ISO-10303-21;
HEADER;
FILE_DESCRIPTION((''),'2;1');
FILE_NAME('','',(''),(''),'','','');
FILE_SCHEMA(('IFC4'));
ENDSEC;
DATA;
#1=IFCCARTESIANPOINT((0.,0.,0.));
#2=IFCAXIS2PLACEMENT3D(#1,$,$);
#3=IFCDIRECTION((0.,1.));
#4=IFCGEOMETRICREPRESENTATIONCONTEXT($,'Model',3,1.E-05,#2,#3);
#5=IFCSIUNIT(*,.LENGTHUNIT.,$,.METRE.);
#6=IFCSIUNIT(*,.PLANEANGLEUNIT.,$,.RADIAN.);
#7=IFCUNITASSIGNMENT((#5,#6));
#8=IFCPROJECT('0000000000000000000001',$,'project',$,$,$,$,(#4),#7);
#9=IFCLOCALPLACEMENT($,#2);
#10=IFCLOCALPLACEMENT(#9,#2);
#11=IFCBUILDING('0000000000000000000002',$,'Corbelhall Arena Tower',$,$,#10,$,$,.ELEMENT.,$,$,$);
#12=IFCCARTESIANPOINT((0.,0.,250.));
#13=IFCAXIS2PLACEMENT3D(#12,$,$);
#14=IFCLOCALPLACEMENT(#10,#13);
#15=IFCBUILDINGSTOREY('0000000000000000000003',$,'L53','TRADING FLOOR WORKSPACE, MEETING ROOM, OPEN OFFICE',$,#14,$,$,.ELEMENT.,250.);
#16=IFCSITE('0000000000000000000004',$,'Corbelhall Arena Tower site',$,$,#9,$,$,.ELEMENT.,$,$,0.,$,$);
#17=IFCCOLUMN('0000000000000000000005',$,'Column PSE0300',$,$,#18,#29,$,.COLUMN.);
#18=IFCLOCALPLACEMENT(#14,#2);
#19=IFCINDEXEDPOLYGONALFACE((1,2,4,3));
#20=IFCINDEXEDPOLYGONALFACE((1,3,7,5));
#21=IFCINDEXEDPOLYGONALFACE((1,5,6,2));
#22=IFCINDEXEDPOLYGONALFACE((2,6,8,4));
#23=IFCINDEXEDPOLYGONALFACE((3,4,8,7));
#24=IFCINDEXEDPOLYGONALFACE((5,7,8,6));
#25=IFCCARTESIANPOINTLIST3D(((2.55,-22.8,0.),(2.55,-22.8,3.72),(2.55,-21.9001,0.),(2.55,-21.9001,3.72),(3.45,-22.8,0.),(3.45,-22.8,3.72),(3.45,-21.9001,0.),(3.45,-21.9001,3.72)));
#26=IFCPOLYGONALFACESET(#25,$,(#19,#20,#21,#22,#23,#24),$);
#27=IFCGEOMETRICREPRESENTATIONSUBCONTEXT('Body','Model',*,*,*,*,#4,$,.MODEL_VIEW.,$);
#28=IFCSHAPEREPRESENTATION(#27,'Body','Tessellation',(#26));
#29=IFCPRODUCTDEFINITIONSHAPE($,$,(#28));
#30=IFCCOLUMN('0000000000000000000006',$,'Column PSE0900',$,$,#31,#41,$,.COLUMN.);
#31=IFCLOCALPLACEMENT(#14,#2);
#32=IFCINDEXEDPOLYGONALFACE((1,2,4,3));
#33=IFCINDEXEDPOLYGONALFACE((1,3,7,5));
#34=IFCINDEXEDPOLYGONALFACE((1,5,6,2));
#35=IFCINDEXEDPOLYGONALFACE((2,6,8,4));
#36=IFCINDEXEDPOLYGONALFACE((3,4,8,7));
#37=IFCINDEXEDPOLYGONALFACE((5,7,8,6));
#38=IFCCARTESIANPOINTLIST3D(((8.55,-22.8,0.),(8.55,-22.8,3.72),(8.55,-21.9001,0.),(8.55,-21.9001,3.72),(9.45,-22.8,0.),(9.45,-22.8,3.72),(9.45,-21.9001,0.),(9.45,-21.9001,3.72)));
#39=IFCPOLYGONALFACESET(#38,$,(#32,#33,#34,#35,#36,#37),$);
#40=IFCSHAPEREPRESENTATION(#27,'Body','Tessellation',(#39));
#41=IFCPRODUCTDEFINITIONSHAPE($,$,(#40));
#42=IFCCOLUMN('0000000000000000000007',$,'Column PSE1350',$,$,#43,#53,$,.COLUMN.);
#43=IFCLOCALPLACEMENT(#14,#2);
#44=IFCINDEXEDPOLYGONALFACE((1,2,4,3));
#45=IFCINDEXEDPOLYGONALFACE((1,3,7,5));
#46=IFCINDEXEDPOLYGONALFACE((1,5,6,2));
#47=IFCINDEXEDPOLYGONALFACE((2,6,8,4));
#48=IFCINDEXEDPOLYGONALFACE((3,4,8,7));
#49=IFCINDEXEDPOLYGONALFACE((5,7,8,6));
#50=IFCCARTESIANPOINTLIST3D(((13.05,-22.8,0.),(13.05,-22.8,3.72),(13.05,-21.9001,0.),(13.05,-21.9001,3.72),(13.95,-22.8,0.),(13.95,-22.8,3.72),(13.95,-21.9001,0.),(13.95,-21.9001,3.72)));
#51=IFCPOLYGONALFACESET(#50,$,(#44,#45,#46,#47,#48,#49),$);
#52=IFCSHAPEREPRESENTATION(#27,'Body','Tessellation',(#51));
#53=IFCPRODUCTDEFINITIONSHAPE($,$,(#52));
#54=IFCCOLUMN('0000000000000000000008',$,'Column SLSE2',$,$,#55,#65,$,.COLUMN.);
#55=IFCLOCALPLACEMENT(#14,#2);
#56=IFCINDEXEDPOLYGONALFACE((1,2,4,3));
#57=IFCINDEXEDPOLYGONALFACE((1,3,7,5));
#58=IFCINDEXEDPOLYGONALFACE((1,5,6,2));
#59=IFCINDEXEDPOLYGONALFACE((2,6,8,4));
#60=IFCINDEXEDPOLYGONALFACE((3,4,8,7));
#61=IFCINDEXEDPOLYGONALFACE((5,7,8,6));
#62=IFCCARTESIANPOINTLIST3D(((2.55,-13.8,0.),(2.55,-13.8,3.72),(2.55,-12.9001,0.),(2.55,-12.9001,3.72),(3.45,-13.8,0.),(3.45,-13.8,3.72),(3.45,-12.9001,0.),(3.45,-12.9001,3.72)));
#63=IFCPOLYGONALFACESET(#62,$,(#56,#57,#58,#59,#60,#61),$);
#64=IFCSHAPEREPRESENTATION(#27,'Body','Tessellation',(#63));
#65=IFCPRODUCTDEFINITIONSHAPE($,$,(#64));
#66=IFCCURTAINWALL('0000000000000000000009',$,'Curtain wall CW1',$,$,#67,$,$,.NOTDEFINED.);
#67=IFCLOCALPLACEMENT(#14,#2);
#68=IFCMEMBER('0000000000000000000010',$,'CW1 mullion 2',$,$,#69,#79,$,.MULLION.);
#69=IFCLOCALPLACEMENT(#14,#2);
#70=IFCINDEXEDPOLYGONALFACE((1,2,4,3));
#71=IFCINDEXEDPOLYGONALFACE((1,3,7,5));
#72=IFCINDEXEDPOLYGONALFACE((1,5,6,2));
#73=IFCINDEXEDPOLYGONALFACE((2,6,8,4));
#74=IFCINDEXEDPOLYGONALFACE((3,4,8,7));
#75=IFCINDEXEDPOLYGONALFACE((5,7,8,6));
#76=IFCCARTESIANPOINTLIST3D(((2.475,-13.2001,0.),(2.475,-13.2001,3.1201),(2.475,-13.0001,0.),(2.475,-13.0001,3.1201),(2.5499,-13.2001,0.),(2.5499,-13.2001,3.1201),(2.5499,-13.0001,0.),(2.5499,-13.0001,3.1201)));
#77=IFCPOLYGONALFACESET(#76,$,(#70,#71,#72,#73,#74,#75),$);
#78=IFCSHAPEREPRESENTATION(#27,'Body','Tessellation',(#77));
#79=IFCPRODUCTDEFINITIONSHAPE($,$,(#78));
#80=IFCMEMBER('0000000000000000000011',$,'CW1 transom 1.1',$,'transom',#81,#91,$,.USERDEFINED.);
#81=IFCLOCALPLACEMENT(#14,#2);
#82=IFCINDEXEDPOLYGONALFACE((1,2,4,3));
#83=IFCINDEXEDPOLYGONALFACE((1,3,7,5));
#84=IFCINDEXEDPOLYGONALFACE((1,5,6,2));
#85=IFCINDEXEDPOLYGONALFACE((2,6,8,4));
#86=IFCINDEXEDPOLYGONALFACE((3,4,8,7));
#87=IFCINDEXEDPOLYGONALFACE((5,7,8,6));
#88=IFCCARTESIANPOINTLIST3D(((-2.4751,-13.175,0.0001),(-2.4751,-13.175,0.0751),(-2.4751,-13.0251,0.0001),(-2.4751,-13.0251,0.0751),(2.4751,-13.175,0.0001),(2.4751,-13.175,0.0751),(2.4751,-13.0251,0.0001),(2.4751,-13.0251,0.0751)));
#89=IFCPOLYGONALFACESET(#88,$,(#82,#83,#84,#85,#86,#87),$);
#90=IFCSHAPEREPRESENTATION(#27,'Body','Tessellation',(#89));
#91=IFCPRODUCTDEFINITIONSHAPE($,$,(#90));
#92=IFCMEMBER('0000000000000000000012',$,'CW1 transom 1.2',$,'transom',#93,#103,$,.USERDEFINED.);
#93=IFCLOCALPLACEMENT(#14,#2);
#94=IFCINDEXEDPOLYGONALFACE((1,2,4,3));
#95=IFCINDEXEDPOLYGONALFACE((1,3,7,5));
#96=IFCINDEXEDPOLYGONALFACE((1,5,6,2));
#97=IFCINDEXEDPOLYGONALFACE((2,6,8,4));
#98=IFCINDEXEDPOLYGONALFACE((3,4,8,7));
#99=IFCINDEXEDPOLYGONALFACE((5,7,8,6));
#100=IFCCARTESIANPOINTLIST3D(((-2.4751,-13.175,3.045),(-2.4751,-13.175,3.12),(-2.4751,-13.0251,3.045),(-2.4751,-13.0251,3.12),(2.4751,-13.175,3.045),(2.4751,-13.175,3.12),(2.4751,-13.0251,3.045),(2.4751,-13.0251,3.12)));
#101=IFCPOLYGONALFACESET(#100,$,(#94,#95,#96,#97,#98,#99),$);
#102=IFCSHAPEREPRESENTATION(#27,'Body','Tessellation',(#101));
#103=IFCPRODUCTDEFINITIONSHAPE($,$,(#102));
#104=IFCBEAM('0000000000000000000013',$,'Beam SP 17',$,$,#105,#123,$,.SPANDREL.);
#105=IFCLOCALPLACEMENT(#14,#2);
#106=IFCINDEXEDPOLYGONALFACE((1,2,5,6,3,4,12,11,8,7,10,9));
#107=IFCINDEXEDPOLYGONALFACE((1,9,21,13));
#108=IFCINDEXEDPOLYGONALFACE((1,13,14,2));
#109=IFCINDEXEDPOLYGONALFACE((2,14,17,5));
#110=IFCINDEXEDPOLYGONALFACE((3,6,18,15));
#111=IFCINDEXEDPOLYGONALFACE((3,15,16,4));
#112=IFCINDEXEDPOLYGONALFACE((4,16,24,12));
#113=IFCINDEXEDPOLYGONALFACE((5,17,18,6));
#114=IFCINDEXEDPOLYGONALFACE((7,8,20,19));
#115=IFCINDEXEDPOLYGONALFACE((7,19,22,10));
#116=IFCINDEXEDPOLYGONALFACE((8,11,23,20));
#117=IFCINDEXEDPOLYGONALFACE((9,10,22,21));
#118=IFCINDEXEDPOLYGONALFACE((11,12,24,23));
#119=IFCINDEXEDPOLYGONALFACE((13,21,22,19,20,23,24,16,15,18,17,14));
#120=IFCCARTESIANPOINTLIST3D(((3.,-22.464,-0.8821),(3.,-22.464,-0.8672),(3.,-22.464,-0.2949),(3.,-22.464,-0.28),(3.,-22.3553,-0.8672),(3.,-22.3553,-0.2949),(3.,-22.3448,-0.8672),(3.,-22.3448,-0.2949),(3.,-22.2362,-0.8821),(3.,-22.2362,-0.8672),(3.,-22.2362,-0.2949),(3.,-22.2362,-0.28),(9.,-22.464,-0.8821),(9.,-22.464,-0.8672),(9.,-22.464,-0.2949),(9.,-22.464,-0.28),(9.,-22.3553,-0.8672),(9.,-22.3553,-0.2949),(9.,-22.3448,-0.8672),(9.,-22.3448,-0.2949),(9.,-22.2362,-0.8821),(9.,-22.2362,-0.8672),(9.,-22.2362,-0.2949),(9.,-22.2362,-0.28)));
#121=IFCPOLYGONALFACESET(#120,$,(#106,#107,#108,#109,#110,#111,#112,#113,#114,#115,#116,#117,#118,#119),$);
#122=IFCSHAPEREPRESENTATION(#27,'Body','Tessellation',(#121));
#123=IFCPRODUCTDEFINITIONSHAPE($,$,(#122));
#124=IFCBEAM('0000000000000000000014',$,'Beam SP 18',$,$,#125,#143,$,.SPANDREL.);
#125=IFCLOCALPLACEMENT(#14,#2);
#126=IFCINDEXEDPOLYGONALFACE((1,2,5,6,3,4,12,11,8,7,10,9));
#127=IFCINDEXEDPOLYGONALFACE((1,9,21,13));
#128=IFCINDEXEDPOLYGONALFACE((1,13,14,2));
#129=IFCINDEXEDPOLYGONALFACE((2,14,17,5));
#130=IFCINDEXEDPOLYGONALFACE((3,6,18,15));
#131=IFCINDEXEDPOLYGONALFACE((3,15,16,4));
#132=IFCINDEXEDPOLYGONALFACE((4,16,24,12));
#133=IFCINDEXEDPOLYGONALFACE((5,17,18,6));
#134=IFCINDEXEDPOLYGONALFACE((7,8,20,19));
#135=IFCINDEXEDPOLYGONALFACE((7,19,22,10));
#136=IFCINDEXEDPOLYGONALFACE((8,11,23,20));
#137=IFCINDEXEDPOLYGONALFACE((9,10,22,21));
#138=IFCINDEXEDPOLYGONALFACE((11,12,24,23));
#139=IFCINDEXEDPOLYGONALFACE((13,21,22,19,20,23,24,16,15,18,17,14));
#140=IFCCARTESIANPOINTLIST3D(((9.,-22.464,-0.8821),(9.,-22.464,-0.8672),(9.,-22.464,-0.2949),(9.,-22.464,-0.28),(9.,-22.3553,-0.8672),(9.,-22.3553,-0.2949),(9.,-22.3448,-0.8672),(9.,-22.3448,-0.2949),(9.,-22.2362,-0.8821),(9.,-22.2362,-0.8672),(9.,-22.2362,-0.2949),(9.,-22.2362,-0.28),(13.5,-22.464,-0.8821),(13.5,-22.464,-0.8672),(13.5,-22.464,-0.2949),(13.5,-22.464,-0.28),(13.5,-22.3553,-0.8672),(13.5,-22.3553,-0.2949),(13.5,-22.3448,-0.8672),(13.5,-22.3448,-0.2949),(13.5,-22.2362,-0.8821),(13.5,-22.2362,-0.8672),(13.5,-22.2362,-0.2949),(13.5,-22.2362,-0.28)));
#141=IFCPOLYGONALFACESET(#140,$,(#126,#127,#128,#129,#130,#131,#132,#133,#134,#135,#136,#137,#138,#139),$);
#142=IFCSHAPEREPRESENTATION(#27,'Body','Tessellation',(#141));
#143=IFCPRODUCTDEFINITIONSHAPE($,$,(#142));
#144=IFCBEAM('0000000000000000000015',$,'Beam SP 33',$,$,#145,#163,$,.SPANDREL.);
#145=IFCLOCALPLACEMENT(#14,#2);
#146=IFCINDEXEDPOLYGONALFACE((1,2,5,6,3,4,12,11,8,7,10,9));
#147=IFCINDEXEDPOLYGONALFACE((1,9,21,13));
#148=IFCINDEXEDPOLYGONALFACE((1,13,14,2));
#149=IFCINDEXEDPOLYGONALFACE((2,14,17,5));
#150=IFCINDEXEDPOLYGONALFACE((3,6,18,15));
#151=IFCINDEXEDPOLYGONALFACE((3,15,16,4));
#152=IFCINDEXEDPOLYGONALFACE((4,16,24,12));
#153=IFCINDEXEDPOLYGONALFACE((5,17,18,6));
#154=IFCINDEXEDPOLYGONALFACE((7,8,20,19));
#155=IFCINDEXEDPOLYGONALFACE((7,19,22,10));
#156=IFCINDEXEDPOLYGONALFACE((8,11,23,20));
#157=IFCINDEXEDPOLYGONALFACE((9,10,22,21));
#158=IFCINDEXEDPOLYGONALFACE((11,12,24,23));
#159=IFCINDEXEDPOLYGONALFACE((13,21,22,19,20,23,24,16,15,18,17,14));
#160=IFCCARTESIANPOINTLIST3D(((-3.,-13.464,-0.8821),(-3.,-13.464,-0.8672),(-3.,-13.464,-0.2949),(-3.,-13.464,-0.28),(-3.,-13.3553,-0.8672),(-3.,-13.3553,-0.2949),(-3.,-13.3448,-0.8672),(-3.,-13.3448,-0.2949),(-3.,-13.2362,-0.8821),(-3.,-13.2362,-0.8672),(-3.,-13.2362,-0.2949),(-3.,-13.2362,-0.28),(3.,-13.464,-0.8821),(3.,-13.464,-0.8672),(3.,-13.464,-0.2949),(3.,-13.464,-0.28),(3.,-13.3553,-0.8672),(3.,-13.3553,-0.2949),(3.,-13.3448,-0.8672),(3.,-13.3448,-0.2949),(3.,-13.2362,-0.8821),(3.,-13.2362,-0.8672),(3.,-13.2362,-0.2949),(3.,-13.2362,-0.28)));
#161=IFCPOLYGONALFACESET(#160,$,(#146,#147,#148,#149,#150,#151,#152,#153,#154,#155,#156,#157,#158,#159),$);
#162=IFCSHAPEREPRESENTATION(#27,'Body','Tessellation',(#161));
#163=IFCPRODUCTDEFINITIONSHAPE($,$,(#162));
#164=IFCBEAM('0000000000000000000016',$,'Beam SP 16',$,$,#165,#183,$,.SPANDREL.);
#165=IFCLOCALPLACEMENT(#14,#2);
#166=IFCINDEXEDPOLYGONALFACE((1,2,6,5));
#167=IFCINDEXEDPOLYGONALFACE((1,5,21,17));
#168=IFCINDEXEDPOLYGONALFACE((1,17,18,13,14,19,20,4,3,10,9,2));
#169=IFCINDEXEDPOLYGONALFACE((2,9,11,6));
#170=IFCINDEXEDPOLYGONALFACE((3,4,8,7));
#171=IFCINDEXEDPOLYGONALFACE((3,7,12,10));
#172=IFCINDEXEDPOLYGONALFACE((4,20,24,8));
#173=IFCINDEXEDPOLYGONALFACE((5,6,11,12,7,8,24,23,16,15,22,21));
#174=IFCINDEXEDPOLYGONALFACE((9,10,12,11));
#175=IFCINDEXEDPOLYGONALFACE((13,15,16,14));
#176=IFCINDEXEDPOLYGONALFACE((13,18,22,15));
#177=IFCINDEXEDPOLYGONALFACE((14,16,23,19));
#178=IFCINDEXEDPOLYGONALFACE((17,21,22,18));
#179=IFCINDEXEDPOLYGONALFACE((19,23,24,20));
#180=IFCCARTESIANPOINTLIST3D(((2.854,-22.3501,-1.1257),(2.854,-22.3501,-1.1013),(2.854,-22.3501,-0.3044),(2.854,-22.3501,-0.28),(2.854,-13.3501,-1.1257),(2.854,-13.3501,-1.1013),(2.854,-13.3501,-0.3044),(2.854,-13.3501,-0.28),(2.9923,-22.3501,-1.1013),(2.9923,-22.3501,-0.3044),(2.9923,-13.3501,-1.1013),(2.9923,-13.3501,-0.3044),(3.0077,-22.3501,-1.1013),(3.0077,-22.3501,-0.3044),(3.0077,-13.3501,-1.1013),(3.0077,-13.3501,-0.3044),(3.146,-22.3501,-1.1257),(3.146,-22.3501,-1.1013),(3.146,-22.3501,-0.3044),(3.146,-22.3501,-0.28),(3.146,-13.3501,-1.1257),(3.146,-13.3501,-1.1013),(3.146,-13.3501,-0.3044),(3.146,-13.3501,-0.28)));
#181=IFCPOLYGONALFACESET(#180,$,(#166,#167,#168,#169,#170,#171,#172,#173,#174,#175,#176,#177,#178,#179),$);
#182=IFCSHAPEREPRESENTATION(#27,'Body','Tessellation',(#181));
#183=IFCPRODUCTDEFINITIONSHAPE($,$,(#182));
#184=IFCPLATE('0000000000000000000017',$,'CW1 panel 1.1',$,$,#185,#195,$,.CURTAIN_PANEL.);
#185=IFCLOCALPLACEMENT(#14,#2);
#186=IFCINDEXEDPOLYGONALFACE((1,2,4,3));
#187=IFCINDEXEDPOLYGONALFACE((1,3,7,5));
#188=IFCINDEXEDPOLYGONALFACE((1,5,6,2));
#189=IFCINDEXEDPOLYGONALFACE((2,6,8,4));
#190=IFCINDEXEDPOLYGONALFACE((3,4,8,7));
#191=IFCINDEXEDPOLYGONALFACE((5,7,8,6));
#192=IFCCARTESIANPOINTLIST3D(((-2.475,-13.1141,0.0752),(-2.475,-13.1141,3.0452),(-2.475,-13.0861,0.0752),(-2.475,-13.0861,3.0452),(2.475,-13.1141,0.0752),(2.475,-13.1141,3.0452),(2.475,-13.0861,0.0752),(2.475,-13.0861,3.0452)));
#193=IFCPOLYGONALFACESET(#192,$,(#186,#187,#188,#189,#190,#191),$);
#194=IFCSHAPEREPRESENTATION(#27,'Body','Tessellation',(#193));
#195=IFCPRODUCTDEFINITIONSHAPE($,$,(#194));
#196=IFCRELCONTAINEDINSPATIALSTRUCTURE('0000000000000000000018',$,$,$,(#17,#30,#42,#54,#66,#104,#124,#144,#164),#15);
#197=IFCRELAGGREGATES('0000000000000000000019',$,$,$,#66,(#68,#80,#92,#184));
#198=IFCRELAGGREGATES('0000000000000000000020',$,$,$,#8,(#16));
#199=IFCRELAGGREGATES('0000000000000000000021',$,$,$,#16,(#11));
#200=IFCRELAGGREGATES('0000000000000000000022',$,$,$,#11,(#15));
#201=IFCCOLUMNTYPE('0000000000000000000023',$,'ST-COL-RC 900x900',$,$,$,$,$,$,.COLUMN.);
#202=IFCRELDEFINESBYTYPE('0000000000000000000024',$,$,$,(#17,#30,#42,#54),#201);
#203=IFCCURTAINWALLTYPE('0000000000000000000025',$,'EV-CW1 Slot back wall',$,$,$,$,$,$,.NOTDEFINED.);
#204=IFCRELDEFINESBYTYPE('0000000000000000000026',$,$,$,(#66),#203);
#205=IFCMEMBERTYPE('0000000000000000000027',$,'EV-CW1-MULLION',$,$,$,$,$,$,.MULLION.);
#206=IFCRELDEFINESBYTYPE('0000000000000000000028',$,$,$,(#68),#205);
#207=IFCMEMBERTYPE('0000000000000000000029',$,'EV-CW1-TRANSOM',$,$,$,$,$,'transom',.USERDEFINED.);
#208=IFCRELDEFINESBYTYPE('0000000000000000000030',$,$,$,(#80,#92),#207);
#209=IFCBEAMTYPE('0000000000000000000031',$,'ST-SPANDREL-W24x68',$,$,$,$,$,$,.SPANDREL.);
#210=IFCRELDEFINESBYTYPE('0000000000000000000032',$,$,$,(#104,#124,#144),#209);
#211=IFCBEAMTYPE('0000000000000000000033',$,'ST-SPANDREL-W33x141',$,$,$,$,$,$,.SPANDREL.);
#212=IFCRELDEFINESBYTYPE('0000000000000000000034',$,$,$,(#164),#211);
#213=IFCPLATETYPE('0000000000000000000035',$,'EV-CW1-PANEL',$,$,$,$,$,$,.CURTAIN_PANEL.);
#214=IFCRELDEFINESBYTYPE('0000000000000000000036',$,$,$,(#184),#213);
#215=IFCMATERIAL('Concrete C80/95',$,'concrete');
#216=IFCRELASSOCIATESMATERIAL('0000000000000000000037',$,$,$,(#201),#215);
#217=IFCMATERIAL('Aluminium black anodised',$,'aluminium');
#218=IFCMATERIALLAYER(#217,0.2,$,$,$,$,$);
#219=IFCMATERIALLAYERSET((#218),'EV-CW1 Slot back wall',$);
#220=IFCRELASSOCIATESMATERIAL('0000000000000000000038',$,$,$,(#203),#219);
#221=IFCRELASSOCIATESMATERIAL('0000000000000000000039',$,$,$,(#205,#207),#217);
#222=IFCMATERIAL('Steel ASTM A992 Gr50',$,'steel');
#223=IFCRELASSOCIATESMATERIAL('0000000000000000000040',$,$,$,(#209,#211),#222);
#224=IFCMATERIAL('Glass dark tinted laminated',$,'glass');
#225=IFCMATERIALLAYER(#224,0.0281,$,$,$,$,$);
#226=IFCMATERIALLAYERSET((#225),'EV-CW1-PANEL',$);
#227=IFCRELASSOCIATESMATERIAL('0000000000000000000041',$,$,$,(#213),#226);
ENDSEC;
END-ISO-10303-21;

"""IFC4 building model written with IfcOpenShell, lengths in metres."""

from ifc_helpers import new_model, si_unit, direction, frame, origin, origin_2d, place, context, subcontext, project, spatial, rectangle, i_section, extrude, material, layer, layer_set, material_profile, profile_set, type_object, element, aggregate, save


model = new_model("IFC4")

# Units and contexts
model_context = context("Model", 3, precision=1e-05, world=origin(), true_north=direction((0.0, 1.0)))
body_context = subcontext(model_context, "Body", "Model", "MODEL_VIEW")
ifc_project = project(units=[si_unit("LENGTHUNIT", "METRE"), si_unit("PLANEANGLEUNIT", "RADIAN")], contexts=[model_context])

# Site, building, storey
site_placement = place(None, origin())
site = spatial("IfcSite", under=ifc_project, at=site_placement, Name="Corbelhall Arena Tower site", CompositionType="ELEMENT", RefElevation=0.0)
building_placement = place(site_placement, origin())
building = spatial("IfcBuilding", under=site, at=building_placement, Name="Corbelhall Arena Tower", CompositionType="ELEMENT")
storey_placement = place(building_placement, frame((0.0, 0.0, 250.0)))
storey = spatial("IfcBuildingStorey", under=building, at=storey_placement, Name="L53", Description="TRADING FLOOR WORKSPACE, MEETING ROOM, OPEN OFFICE", CompositionType="ELEMENT", Elevation=250.0)

# Columns
ifc_material_1 = material(Name="Concrete C80/95", Category="concrete")
ifc_material_profile_1 = material_profile(ifc_material_1, rectangle(XDim=0.8999, YDim=0.8999, at=origin_2d()))
ifc_profile_set_1 = profile_set([ifc_material_profile_1], Name="Concrete C80/95")
column_type = type_object("IfcColumnType", Name="ST-COL-RC 900x900", PredefinedType="COLUMN", material=ifc_profile_set_1)
for number, where, z_axis, x_axis, name in (
    (1, (3.0, -22.3501, 0.0), (0.0, 0.0, 1.0), (1.0, 0.0, 0.0), "Column PSE0300"),
    (2, (9.0, -22.3501, 0.0), (0.0, 0.0, 1.0), (1.0, 0.0, 0.0), "Column PSE0900"),
    (3, (13.5, -22.3501, 0.0), (0.0, 0.0, 1.0), (1.0, 0.0, 0.0), "Column PSE1350"),
    (4, (3.0, -13.3501, 0.0), (0.0, 0.0, 1.0), (1.0, 0.0, 0.0), "Column SLSE2"),
):
    element("IfcColumn", number, at=place(storey_placement, frame(where, z_axis=z_axis, x_axis=x_axis)), inside=storey, type_object=column_type, Name=name, PredefinedType="COLUMN", context=body_context, shape_type="SweptSolid", body=[
        extrude(rectangle(XDim=0.8999, YDim=0.8999, at=origin_2d()), origin(), (0.0, 0.0, 1.0), 3.72),
    ])

# Curtain wall, members
ifc_material_2 = material(Name="Aluminium black anodised", Category="aluminium")
ifc_layer_1 = layer(ifc_material_2, 0.2)
ifc_layer_set_1 = layer_set([ifc_layer_1], Name="EV-CW1 Slot back wall")
curtain_wall_type = type_object("IfcCurtainWallType", Name="EV-CW1 Slot back wall", PredefinedType="NOTDEFINED", material=ifc_layer_set_1)
curtain_wall_placement = place(storey_placement, origin())
curtain_wall = element("IfcCurtainWall", 5, at=curtain_wall_placement, inside=storey, type_object=curtain_wall_type, Name="Curtain wall CW1", PredefinedType="NOTDEFINED")
ifc_material_profile_2 = material_profile(ifc_material_2, rectangle(XDim=0.2, YDim=0.075, at=origin_2d()))
ifc_profile_set_2 = profile_set([ifc_material_profile_2], Name="Aluminium black anodised")
member_type_1 = type_object("IfcMemberType", Name="EV-CW1-MULLION", PredefinedType="MULLION", material=ifc_profile_set_2)
member_1_placement = place(storey_placement, frame((2.5125, -13.1001, 0.0), z_axis=(0.0, 0.0, 1.0), x_axis=(0.0, 1.0, 0.0)))
member_1 = element("IfcMember", 6, at=member_1_placement, type_object=member_type_1, Name="CW1 mullion 2", PredefinedType="MULLION", context=body_context, shape_type="SweptSolid", body=[
    extrude(rectangle(XDim=0.2, YDim=0.075, at=origin_2d()), origin(), (0.0, 0.0, 1.0), 3.1201),
])
ifc_material_profile_3 = material_profile(ifc_material_2, rectangle(XDim=0.1499, YDim=0.075, at=origin_2d()))
ifc_profile_set_3 = profile_set([ifc_material_profile_3], Name="Aluminium black anodised")
member_type_2 = type_object("IfcMemberType", Name="EV-CW1-TRANSOM", ElementType="transom", PredefinedType="USERDEFINED", material=ifc_profile_set_3)
member_2_placement = place(storey_placement, frame((-2.4751, -13.1001, 0.0376), z_axis=(1.0, 0.0, 0.0), x_axis=(0.0, 1.0, 0.0)))
member_2 = element("IfcMember", 7, at=member_2_placement, type_object=member_type_2, Name="CW1 transom 1.1", ObjectType="transom", PredefinedType="USERDEFINED", context=body_context, shape_type="SweptSolid", body=[
    extrude(rectangle(XDim=0.1499, YDim=0.075, at=origin_2d()), origin(), (0.0, 0.0, 1.0), 4.9502),
])
member_3_placement = place(storey_placement, frame((-2.4751, -13.1001, 3.0825), z_axis=(1.0, 0.0, 0.0), x_axis=(0.0, 1.0, 0.0)))
member_3 = element("IfcMember", 8, at=member_3_placement, type_object=member_type_2, Name="CW1 transom 1.2", ObjectType="transom", PredefinedType="USERDEFINED", context=body_context, shape_type="SweptSolid", body=[
    extrude(rectangle(XDim=0.1499, YDim=0.075, at=origin_2d()), origin(), (0.0, 0.0, 1.0), 4.9502),
])

# Beams
ifc_material_3 = material(Name="Steel ASTM A992 Gr50", Category="steel")
ifc_material_profile_4 = material_profile(ifc_material_3, i_section(OverallWidth=0.2278, OverallDepth=0.6021, WebThickness=0.0105, FlangeThickness=0.0149, at=origin_2d()))
ifc_profile_set_4 = profile_set([ifc_material_profile_4], Name="Steel ASTM A992 Gr50")
beam_type_1 = type_object("IfcBeamType", Name="ST-SPANDREL-W24x68", PredefinedType="SPANDREL", material=ifc_profile_set_4)
beam_1_placement = place(storey_placement, frame((9.0, -22.3501, -0.5811), z_axis=(-1.0, 0.0, 0.0), x_axis=(0.0, -1.0, 0.0)))
element("IfcBeam", 9, at=beam_1_placement, inside=storey, type_object=beam_type_1, Name="Beam SP 17", PredefinedType="SPANDREL", context=body_context, shape_type="SweptSolid", body=[
    extrude(i_section(OverallWidth=0.2278, OverallDepth=0.6021, WebThickness=0.0105, FlangeThickness=0.0149, at=origin_2d()), origin(), (0.0, 0.0, 1.0), 6.0),
])
beam_2_placement = place(storey_placement, frame((13.5, -22.3501, -0.5811), z_axis=(-1.0, 0.0, 0.0), x_axis=(0.0, -1.0, 0.0)))
element("IfcBeam", 10, at=beam_2_placement, inside=storey, type_object=beam_type_1, Name="Beam SP 18", PredefinedType="SPANDREL", context=body_context, shape_type="SweptSolid", body=[
    extrude(i_section(OverallWidth=0.2278, OverallDepth=0.6021, WebThickness=0.0105, FlangeThickness=0.0149, at=origin_2d()), origin(), (0.0, 0.0, 1.0), 4.5),
])
beam_3_placement = place(storey_placement, frame((3.0, -13.3501, -0.5811), z_axis=(-1.0, 0.0, 0.0), x_axis=(0.0, -1.0, 0.0)))
element("IfcBeam", 11, at=beam_3_placement, inside=storey, type_object=beam_type_1, Name="Beam SP 33", PredefinedType="SPANDREL", context=body_context, shape_type="SweptSolid", body=[
    extrude(i_section(OverallWidth=0.2278, OverallDepth=0.6021, WebThickness=0.0105, FlangeThickness=0.0149, at=origin_2d()), origin(), (0.0, 0.0, 1.0), 6.0),
])
ifc_material_profile_5 = material_profile(ifc_material_3, i_section(OverallWidth=0.292, OverallDepth=0.8457, WebThickness=0.0154, FlangeThickness=0.0244, at=origin_2d()))
ifc_profile_set_5 = profile_set([ifc_material_profile_5], Name="Steel ASTM A992 Gr50")
beam_type_2 = type_object("IfcBeamType", Name="ST-SPANDREL-W33x141", PredefinedType="SPANDREL", material=ifc_profile_set_5)
beam_4_placement = place(storey_placement, frame((3.0, -22.3501, -0.7029), z_axis=(0.0, 1.0, 0.0), x_axis=(-1.0, 0.0, 0.0)))
element("IfcBeam", 12, at=beam_4_placement, inside=storey, type_object=beam_type_2, Name="Beam SP 16", PredefinedType="SPANDREL", context=body_context, shape_type="SweptSolid", body=[
    extrude(i_section(OverallWidth=0.292, OverallDepth=0.8457, WebThickness=0.0154, FlangeThickness=0.0244, at=origin_2d()), origin(), (0.0, 0.0, 1.0), 9.0),
])

# Plate
ifc_material_4 = material(Name="Glass dark tinted laminated", Category="glass")
ifc_layer_2 = layer(ifc_material_4, 0.0281)
ifc_layer_set_2 = layer_set([ifc_layer_2], Name="EV-CW1-PANEL")
plate_type = type_object("IfcPlateType", Name="EV-CW1-PANEL", PredefinedType="CURTAIN_PANEL", material=ifc_layer_set_2)
plate_placement = place(storey_placement, frame((0.0, -13.1001, 0.0752), z_axis=(0.0, 0.0, 1.0), x_axis=(1.0, 0.0, 0.0)))
plate = element("IfcPlate", 13, at=plate_placement, type_object=plate_type, Name="CW1 panel 1.1", PredefinedType="CURTAIN_PANEL", context=body_context, shape_type="SweptSolid", body=[
    extrude(rectangle(XDim=4.95, YDim=0.0281, at=origin_2d()), origin(), (0.0, 0.0, 1.0), 2.97),
])
aggregate(curtain_wall, [member_1, member_2, member_3, plate])

save(model, "model.ifc")
